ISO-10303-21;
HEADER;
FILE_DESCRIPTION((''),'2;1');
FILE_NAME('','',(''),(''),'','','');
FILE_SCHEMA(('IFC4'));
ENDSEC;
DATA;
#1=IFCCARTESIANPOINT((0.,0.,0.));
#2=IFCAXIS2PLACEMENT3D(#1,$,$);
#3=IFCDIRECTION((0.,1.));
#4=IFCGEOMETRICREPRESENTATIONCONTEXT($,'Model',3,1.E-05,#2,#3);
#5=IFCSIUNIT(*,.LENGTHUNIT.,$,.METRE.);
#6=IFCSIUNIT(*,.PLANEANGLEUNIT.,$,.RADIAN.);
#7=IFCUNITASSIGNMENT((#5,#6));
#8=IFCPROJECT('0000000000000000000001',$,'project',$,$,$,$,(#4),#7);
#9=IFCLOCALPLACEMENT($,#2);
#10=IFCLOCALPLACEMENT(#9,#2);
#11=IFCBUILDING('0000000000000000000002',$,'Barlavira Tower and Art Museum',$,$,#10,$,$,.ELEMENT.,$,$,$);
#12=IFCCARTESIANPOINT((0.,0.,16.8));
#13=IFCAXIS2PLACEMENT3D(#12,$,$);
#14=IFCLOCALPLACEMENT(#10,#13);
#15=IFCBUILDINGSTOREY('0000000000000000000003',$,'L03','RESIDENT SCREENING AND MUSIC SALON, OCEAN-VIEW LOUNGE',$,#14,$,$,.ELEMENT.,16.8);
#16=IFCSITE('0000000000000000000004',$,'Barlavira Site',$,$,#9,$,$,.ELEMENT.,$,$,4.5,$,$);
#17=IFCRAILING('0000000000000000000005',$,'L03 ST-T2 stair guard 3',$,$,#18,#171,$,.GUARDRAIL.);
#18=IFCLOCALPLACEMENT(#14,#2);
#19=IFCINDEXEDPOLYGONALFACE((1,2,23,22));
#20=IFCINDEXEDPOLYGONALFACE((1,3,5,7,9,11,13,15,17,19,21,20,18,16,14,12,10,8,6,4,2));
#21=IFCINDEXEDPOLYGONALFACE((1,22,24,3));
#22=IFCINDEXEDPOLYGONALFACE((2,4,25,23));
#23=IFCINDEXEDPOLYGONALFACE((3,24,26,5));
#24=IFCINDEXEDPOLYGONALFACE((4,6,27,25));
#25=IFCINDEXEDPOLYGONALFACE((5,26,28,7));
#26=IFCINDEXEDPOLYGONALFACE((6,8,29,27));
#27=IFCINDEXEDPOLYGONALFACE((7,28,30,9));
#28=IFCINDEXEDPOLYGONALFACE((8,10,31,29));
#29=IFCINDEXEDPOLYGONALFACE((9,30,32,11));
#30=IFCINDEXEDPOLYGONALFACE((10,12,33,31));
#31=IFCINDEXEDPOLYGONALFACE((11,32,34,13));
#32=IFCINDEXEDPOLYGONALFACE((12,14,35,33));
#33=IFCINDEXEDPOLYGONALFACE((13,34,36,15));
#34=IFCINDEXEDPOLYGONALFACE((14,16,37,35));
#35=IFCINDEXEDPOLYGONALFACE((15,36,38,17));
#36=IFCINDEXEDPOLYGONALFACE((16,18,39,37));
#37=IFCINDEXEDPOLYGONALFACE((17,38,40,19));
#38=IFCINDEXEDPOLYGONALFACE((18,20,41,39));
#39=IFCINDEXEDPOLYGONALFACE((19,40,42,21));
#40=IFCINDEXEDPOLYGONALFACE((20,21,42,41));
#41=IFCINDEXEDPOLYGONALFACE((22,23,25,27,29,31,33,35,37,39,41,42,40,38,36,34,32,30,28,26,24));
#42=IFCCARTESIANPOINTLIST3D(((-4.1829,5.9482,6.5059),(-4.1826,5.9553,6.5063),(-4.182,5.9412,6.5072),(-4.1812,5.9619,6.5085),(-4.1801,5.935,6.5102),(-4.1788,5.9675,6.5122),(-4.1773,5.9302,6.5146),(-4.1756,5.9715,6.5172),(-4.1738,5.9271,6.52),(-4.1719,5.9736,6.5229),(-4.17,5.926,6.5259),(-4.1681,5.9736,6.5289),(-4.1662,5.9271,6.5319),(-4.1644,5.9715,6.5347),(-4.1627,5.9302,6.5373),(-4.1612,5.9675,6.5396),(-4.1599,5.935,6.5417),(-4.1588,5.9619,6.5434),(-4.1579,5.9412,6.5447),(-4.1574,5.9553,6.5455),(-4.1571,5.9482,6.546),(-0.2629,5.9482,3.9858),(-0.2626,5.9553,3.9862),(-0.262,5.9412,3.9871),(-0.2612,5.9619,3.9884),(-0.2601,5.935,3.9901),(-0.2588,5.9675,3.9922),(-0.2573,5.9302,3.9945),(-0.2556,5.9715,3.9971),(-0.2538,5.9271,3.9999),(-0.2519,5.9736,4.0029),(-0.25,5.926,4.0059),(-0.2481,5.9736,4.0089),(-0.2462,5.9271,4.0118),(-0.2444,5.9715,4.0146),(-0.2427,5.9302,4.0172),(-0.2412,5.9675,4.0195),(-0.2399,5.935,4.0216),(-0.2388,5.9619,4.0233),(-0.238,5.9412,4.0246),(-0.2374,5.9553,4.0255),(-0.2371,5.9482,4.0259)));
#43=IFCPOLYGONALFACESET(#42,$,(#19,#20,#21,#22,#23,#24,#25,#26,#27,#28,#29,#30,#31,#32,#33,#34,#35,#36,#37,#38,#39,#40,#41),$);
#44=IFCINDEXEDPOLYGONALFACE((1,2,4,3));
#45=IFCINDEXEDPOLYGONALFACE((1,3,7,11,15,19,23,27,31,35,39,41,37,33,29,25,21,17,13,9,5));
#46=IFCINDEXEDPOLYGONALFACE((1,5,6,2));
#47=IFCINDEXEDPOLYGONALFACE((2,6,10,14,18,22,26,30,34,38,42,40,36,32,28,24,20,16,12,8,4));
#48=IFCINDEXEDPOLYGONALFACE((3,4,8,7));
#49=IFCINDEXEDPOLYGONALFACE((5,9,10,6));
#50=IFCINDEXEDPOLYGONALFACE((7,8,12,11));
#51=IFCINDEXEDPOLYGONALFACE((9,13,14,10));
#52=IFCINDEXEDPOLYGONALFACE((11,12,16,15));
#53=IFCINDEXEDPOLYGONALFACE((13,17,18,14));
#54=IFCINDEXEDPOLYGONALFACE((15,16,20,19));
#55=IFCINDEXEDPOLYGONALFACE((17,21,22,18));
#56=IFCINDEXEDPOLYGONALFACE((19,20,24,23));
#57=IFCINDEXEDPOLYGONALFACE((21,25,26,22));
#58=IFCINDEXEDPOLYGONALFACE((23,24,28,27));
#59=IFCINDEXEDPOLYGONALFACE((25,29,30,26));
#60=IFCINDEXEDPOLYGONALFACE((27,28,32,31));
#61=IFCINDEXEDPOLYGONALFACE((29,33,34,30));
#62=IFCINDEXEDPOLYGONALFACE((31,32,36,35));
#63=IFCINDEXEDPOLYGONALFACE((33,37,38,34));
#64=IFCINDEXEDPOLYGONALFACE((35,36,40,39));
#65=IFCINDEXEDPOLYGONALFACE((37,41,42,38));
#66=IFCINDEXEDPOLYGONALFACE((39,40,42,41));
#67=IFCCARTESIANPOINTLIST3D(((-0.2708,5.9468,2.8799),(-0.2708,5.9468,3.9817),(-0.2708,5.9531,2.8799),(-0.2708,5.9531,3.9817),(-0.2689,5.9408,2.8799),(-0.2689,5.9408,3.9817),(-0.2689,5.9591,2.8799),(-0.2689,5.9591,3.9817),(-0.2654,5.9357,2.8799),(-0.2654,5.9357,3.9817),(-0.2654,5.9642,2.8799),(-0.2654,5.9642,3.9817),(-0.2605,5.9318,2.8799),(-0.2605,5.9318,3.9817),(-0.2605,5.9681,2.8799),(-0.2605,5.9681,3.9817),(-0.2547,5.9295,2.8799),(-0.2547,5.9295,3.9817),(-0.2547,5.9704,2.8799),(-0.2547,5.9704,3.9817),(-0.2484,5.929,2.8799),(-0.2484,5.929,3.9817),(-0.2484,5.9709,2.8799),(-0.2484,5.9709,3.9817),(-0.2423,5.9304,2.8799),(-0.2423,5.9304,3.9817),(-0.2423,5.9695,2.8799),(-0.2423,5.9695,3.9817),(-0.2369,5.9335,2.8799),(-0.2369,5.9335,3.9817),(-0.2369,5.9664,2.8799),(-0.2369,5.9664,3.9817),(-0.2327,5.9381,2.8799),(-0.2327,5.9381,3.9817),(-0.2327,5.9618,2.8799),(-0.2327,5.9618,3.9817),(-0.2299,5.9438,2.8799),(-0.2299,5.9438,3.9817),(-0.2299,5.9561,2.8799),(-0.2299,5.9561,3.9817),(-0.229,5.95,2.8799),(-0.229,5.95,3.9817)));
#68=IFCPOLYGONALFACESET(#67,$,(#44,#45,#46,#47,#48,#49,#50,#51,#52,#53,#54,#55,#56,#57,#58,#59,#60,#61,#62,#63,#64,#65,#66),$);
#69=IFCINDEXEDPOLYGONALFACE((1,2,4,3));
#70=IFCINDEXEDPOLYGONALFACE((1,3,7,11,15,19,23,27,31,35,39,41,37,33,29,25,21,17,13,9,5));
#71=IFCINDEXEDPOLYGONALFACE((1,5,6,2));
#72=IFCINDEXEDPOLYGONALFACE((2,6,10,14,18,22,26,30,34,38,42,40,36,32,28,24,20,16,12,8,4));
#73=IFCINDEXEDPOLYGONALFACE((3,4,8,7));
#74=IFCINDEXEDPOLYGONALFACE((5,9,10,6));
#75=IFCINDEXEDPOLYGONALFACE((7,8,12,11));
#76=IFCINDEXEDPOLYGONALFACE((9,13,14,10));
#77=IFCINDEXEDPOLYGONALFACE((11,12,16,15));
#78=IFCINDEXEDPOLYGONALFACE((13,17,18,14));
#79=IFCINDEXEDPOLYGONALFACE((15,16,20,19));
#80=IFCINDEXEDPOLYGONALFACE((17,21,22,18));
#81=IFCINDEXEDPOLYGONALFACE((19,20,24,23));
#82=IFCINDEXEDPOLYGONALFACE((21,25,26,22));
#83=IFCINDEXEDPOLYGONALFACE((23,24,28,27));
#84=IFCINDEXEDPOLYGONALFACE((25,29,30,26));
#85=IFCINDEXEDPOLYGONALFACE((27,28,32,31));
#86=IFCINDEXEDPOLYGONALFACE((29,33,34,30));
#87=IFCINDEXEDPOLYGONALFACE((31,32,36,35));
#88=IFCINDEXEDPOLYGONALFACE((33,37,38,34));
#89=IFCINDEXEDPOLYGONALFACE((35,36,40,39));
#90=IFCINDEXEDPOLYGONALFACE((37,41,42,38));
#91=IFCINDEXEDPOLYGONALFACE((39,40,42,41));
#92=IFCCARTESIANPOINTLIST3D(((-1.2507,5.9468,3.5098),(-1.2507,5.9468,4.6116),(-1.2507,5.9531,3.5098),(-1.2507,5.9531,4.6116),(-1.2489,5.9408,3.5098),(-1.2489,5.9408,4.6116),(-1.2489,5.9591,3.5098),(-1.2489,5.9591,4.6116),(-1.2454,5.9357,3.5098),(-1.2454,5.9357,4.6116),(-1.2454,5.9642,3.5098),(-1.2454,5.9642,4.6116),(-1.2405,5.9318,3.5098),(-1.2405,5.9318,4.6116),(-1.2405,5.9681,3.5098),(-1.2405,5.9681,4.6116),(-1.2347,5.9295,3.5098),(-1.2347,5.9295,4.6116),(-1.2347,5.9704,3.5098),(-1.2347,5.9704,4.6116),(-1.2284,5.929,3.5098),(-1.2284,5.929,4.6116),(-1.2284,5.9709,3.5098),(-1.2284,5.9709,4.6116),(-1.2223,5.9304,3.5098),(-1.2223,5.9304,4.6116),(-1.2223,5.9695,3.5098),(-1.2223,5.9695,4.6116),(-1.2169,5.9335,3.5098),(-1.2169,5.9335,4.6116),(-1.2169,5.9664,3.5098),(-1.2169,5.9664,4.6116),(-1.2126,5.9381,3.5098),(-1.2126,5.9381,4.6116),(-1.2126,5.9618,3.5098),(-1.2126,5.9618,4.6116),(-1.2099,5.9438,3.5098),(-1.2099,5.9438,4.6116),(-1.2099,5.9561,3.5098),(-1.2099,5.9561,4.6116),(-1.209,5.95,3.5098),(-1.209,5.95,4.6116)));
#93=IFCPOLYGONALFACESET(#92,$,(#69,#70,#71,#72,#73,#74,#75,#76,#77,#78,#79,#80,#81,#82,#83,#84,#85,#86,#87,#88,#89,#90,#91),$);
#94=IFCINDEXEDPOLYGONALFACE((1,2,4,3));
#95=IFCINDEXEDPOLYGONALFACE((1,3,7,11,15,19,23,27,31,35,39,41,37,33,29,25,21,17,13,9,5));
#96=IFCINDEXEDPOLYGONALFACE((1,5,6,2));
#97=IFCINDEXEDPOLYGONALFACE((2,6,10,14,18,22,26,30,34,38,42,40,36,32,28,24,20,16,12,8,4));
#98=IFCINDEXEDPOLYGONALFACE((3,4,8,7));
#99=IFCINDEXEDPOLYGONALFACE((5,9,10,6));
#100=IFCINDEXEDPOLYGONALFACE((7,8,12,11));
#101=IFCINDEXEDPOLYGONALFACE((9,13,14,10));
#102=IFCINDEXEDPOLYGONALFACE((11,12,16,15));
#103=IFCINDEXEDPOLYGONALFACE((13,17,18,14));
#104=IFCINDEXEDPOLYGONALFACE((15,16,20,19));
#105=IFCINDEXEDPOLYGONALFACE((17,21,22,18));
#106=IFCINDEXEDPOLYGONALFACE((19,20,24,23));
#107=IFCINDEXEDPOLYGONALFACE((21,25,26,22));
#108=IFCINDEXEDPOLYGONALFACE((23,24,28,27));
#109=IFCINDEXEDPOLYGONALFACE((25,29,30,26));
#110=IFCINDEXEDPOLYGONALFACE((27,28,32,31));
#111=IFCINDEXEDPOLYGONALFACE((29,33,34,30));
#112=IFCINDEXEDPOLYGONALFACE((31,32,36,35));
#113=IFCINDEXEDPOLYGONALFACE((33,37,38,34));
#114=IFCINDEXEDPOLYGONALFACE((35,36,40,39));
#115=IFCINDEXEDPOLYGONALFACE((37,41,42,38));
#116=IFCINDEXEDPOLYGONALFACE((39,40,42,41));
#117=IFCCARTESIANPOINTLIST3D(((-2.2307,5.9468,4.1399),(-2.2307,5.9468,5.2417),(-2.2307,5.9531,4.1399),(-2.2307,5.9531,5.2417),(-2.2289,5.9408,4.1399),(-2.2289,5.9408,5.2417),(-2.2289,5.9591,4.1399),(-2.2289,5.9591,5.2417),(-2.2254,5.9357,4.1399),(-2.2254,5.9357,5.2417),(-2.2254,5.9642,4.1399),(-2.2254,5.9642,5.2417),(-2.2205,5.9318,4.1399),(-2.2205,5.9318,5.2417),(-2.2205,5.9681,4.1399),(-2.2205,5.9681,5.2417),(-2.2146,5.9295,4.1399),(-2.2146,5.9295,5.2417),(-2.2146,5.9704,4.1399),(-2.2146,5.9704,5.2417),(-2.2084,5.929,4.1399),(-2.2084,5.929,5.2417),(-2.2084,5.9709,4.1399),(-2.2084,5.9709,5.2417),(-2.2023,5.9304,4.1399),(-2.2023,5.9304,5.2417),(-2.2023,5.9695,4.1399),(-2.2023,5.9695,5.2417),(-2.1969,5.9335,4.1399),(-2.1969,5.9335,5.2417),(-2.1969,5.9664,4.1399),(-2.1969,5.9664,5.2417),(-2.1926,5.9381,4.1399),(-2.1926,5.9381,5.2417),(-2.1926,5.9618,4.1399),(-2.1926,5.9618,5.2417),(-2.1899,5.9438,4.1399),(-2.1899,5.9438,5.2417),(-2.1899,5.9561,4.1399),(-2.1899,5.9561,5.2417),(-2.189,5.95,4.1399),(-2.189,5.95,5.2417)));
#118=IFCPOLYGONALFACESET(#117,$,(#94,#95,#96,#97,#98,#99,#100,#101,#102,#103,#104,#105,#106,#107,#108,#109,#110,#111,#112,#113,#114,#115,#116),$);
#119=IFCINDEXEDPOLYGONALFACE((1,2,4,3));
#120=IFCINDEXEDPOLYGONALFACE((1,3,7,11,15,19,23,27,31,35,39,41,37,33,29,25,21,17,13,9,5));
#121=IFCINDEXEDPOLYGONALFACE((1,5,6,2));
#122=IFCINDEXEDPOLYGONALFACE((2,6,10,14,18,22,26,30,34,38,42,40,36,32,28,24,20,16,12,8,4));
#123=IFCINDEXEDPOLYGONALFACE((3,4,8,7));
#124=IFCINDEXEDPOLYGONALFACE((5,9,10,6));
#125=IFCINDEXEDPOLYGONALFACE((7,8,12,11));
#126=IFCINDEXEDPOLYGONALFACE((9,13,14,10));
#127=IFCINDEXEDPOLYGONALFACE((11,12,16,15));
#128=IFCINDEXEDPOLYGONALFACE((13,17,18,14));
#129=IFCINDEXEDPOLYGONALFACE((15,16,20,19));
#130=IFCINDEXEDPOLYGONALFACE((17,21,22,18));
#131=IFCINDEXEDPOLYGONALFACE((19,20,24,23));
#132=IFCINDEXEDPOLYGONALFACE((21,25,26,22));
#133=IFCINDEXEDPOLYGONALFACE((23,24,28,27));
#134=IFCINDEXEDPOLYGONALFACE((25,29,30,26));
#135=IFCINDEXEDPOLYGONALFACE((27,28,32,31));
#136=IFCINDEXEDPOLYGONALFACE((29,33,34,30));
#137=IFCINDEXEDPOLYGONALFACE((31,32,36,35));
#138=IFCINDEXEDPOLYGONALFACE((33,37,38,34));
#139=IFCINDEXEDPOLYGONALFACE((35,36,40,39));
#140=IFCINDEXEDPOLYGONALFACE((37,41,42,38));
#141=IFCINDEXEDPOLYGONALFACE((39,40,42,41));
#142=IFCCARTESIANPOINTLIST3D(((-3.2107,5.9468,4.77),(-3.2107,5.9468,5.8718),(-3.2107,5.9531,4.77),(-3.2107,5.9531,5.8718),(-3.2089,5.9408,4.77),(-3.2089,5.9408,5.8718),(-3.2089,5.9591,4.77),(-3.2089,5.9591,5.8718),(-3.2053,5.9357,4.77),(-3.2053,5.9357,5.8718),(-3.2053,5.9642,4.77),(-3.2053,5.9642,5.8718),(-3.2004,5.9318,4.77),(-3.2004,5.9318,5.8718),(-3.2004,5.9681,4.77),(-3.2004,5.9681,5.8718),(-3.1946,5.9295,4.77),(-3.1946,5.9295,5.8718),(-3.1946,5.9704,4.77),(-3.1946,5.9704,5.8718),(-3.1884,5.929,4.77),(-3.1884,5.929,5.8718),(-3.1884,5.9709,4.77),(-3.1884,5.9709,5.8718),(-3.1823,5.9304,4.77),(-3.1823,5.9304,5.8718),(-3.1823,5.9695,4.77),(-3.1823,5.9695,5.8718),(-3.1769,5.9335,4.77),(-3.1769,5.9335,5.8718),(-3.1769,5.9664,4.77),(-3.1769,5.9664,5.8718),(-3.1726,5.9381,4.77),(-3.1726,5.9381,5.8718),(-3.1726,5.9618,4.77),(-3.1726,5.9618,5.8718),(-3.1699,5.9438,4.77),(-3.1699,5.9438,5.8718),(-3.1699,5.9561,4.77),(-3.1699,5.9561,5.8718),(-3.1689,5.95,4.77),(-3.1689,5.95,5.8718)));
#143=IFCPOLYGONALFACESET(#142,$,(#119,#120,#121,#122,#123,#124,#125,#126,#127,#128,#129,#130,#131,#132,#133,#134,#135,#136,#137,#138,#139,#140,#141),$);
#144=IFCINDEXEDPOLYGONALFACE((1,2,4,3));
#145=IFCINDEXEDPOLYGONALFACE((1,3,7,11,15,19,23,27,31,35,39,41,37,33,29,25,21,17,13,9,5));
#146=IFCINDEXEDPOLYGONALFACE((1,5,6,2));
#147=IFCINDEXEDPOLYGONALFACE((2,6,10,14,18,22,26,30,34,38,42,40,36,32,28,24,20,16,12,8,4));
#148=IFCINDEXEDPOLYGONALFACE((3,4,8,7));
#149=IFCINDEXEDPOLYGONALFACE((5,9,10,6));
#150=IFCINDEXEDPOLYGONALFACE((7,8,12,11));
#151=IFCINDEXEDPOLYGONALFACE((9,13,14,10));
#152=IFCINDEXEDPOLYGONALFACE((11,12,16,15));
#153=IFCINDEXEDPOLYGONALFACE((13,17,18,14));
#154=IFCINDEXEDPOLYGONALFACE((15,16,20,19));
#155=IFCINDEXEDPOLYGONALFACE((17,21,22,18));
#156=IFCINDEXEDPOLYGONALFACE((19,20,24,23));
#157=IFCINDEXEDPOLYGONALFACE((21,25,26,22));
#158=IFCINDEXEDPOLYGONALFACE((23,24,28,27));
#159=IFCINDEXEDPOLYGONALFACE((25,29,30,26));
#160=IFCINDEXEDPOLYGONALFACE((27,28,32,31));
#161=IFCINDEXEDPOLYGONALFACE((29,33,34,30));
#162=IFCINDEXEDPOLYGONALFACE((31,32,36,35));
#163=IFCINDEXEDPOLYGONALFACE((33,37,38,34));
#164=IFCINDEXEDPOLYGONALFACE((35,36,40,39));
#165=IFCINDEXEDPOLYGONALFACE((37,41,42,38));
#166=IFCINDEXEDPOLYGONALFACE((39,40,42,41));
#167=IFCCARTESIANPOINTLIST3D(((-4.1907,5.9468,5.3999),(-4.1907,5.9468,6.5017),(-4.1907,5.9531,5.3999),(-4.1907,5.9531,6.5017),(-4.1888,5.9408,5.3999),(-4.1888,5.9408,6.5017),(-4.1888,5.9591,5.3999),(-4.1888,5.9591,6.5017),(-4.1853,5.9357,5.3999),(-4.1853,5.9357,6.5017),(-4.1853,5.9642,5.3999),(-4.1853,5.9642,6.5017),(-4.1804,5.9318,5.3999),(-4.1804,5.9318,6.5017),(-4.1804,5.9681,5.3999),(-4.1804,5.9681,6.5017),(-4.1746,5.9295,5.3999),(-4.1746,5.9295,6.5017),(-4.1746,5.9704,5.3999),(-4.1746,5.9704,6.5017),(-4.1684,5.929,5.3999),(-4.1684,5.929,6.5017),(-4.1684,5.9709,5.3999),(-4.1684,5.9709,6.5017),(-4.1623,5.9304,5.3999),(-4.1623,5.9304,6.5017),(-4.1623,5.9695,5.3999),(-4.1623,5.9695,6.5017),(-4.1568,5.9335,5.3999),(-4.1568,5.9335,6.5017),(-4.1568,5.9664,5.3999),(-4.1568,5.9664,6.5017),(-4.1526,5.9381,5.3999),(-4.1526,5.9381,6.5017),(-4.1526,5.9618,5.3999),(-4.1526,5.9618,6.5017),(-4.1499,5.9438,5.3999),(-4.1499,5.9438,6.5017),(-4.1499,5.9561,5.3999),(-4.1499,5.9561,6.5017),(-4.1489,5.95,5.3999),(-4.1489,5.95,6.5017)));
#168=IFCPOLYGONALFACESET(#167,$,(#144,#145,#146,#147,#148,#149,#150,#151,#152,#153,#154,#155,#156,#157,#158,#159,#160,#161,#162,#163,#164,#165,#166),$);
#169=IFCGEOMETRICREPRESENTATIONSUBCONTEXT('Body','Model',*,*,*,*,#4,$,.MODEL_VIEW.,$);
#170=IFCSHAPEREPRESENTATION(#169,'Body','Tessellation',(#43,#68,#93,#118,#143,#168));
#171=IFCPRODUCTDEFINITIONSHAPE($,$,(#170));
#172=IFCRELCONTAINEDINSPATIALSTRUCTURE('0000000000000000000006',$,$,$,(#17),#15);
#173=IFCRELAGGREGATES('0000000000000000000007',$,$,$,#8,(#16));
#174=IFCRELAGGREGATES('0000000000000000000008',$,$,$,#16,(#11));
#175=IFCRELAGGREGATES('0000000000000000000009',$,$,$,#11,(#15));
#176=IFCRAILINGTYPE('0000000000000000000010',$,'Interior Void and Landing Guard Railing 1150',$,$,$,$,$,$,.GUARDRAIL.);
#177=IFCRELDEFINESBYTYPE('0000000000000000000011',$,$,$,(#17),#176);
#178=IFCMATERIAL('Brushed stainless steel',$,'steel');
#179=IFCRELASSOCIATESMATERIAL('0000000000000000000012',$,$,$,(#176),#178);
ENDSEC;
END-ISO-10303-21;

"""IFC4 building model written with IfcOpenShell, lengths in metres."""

from ifc_helpers import new_model, si_unit, direction, frame, origin, origin_2d, place, context, subcontext, project, spatial, circle, extrude, material, type_object, element, save


model = new_model("IFC4")

# Units and contexts
model_context = context("Model", 3, precision=1e-05, world=origin(), true_north=direction((0.0, 1.0)))
body_context = subcontext(model_context, "Body", "Model", "MODEL_VIEW")
ifc_project = project(units=[si_unit("LENGTHUNIT", "METRE"), si_unit("PLANEANGLEUNIT", "RADIAN")], contexts=[model_context])

# Site, building, storey
site_placement = place(None, origin())
site = spatial("IfcSite", under=ifc_project, at=site_placement, Name="Barlavira Site", CompositionType="ELEMENT", RefElevation=4.5)
building_placement = place(site_placement, origin())
building = spatial("IfcBuilding", under=site, at=building_placement, Name="Barlavira Tower and Art Museum", CompositionType="ELEMENT")
storey_placement = place(building_placement, frame((0.0, 0.0, 16.8)))
storey = spatial("IfcBuildingStorey", under=building, at=storey_placement, Name="L03", Description="RESIDENT SCREENING AND MUSIC SALON, OCEAN-VIEW LOUNGE", CompositionType="ELEMENT", Elevation=16.8)

# Shared definitions
ifc_material_1 = material(Name="Brushed stainless steel", Category="steel")

# Railing
railing_type_1 = type_object("IfcRailingType", Name="Interior Void and Landing Guard Railing 1150", PredefinedType="GUARDRAIL", material=ifc_material_1)
railing_1_placement = place(storey_placement, frame((-0.25, 5.95, 2.8799)))
element("IfcRailing", 1, at=railing_1_placement, inside=storey, type_object=railing_type_1, Name="L03 ST-T2 stair guard 3", PredefinedType="GUARDRAIL", context=body_context, shape_type="SweptSolid", body=[
    extrude(circle(Radius=0.0239, at=origin_2d()), frame((0.0, 0.0, 1.126), z_axis=(-0.841172, 0.0, 0.540768), x_axis=(0.0, -1.0, 0.0)), (0.0, 0.0, 1.0), 4.6602),
    extrude(circle(Radius=0.021, at=origin_2d()), origin(), (0.0, 0.0, 1.0), 1.1018),
    extrude(circle(Radius=0.021, at=origin_2d()), frame((-0.98, 0.0, 0.6299)), (0.0, 0.0, 1.0), 1.1018),
    extrude(circle(Radius=0.021, at=origin_2d()), frame((-1.96, 0.0, 1.26)), (0.0, 0.0, 1.0), 1.1018),
    extrude(circle(Radius=0.021, at=origin_2d()), frame((-2.9399, 0.0, 1.8901)), (0.0, 0.0, 1.0), 1.1018),
    extrude(circle(Radius=0.021, at=origin_2d()), frame((-3.9199, 0.0, 2.52)), (0.0, 0.0, 1.0), 1.1018),
])

save(model, "model.ifc")
